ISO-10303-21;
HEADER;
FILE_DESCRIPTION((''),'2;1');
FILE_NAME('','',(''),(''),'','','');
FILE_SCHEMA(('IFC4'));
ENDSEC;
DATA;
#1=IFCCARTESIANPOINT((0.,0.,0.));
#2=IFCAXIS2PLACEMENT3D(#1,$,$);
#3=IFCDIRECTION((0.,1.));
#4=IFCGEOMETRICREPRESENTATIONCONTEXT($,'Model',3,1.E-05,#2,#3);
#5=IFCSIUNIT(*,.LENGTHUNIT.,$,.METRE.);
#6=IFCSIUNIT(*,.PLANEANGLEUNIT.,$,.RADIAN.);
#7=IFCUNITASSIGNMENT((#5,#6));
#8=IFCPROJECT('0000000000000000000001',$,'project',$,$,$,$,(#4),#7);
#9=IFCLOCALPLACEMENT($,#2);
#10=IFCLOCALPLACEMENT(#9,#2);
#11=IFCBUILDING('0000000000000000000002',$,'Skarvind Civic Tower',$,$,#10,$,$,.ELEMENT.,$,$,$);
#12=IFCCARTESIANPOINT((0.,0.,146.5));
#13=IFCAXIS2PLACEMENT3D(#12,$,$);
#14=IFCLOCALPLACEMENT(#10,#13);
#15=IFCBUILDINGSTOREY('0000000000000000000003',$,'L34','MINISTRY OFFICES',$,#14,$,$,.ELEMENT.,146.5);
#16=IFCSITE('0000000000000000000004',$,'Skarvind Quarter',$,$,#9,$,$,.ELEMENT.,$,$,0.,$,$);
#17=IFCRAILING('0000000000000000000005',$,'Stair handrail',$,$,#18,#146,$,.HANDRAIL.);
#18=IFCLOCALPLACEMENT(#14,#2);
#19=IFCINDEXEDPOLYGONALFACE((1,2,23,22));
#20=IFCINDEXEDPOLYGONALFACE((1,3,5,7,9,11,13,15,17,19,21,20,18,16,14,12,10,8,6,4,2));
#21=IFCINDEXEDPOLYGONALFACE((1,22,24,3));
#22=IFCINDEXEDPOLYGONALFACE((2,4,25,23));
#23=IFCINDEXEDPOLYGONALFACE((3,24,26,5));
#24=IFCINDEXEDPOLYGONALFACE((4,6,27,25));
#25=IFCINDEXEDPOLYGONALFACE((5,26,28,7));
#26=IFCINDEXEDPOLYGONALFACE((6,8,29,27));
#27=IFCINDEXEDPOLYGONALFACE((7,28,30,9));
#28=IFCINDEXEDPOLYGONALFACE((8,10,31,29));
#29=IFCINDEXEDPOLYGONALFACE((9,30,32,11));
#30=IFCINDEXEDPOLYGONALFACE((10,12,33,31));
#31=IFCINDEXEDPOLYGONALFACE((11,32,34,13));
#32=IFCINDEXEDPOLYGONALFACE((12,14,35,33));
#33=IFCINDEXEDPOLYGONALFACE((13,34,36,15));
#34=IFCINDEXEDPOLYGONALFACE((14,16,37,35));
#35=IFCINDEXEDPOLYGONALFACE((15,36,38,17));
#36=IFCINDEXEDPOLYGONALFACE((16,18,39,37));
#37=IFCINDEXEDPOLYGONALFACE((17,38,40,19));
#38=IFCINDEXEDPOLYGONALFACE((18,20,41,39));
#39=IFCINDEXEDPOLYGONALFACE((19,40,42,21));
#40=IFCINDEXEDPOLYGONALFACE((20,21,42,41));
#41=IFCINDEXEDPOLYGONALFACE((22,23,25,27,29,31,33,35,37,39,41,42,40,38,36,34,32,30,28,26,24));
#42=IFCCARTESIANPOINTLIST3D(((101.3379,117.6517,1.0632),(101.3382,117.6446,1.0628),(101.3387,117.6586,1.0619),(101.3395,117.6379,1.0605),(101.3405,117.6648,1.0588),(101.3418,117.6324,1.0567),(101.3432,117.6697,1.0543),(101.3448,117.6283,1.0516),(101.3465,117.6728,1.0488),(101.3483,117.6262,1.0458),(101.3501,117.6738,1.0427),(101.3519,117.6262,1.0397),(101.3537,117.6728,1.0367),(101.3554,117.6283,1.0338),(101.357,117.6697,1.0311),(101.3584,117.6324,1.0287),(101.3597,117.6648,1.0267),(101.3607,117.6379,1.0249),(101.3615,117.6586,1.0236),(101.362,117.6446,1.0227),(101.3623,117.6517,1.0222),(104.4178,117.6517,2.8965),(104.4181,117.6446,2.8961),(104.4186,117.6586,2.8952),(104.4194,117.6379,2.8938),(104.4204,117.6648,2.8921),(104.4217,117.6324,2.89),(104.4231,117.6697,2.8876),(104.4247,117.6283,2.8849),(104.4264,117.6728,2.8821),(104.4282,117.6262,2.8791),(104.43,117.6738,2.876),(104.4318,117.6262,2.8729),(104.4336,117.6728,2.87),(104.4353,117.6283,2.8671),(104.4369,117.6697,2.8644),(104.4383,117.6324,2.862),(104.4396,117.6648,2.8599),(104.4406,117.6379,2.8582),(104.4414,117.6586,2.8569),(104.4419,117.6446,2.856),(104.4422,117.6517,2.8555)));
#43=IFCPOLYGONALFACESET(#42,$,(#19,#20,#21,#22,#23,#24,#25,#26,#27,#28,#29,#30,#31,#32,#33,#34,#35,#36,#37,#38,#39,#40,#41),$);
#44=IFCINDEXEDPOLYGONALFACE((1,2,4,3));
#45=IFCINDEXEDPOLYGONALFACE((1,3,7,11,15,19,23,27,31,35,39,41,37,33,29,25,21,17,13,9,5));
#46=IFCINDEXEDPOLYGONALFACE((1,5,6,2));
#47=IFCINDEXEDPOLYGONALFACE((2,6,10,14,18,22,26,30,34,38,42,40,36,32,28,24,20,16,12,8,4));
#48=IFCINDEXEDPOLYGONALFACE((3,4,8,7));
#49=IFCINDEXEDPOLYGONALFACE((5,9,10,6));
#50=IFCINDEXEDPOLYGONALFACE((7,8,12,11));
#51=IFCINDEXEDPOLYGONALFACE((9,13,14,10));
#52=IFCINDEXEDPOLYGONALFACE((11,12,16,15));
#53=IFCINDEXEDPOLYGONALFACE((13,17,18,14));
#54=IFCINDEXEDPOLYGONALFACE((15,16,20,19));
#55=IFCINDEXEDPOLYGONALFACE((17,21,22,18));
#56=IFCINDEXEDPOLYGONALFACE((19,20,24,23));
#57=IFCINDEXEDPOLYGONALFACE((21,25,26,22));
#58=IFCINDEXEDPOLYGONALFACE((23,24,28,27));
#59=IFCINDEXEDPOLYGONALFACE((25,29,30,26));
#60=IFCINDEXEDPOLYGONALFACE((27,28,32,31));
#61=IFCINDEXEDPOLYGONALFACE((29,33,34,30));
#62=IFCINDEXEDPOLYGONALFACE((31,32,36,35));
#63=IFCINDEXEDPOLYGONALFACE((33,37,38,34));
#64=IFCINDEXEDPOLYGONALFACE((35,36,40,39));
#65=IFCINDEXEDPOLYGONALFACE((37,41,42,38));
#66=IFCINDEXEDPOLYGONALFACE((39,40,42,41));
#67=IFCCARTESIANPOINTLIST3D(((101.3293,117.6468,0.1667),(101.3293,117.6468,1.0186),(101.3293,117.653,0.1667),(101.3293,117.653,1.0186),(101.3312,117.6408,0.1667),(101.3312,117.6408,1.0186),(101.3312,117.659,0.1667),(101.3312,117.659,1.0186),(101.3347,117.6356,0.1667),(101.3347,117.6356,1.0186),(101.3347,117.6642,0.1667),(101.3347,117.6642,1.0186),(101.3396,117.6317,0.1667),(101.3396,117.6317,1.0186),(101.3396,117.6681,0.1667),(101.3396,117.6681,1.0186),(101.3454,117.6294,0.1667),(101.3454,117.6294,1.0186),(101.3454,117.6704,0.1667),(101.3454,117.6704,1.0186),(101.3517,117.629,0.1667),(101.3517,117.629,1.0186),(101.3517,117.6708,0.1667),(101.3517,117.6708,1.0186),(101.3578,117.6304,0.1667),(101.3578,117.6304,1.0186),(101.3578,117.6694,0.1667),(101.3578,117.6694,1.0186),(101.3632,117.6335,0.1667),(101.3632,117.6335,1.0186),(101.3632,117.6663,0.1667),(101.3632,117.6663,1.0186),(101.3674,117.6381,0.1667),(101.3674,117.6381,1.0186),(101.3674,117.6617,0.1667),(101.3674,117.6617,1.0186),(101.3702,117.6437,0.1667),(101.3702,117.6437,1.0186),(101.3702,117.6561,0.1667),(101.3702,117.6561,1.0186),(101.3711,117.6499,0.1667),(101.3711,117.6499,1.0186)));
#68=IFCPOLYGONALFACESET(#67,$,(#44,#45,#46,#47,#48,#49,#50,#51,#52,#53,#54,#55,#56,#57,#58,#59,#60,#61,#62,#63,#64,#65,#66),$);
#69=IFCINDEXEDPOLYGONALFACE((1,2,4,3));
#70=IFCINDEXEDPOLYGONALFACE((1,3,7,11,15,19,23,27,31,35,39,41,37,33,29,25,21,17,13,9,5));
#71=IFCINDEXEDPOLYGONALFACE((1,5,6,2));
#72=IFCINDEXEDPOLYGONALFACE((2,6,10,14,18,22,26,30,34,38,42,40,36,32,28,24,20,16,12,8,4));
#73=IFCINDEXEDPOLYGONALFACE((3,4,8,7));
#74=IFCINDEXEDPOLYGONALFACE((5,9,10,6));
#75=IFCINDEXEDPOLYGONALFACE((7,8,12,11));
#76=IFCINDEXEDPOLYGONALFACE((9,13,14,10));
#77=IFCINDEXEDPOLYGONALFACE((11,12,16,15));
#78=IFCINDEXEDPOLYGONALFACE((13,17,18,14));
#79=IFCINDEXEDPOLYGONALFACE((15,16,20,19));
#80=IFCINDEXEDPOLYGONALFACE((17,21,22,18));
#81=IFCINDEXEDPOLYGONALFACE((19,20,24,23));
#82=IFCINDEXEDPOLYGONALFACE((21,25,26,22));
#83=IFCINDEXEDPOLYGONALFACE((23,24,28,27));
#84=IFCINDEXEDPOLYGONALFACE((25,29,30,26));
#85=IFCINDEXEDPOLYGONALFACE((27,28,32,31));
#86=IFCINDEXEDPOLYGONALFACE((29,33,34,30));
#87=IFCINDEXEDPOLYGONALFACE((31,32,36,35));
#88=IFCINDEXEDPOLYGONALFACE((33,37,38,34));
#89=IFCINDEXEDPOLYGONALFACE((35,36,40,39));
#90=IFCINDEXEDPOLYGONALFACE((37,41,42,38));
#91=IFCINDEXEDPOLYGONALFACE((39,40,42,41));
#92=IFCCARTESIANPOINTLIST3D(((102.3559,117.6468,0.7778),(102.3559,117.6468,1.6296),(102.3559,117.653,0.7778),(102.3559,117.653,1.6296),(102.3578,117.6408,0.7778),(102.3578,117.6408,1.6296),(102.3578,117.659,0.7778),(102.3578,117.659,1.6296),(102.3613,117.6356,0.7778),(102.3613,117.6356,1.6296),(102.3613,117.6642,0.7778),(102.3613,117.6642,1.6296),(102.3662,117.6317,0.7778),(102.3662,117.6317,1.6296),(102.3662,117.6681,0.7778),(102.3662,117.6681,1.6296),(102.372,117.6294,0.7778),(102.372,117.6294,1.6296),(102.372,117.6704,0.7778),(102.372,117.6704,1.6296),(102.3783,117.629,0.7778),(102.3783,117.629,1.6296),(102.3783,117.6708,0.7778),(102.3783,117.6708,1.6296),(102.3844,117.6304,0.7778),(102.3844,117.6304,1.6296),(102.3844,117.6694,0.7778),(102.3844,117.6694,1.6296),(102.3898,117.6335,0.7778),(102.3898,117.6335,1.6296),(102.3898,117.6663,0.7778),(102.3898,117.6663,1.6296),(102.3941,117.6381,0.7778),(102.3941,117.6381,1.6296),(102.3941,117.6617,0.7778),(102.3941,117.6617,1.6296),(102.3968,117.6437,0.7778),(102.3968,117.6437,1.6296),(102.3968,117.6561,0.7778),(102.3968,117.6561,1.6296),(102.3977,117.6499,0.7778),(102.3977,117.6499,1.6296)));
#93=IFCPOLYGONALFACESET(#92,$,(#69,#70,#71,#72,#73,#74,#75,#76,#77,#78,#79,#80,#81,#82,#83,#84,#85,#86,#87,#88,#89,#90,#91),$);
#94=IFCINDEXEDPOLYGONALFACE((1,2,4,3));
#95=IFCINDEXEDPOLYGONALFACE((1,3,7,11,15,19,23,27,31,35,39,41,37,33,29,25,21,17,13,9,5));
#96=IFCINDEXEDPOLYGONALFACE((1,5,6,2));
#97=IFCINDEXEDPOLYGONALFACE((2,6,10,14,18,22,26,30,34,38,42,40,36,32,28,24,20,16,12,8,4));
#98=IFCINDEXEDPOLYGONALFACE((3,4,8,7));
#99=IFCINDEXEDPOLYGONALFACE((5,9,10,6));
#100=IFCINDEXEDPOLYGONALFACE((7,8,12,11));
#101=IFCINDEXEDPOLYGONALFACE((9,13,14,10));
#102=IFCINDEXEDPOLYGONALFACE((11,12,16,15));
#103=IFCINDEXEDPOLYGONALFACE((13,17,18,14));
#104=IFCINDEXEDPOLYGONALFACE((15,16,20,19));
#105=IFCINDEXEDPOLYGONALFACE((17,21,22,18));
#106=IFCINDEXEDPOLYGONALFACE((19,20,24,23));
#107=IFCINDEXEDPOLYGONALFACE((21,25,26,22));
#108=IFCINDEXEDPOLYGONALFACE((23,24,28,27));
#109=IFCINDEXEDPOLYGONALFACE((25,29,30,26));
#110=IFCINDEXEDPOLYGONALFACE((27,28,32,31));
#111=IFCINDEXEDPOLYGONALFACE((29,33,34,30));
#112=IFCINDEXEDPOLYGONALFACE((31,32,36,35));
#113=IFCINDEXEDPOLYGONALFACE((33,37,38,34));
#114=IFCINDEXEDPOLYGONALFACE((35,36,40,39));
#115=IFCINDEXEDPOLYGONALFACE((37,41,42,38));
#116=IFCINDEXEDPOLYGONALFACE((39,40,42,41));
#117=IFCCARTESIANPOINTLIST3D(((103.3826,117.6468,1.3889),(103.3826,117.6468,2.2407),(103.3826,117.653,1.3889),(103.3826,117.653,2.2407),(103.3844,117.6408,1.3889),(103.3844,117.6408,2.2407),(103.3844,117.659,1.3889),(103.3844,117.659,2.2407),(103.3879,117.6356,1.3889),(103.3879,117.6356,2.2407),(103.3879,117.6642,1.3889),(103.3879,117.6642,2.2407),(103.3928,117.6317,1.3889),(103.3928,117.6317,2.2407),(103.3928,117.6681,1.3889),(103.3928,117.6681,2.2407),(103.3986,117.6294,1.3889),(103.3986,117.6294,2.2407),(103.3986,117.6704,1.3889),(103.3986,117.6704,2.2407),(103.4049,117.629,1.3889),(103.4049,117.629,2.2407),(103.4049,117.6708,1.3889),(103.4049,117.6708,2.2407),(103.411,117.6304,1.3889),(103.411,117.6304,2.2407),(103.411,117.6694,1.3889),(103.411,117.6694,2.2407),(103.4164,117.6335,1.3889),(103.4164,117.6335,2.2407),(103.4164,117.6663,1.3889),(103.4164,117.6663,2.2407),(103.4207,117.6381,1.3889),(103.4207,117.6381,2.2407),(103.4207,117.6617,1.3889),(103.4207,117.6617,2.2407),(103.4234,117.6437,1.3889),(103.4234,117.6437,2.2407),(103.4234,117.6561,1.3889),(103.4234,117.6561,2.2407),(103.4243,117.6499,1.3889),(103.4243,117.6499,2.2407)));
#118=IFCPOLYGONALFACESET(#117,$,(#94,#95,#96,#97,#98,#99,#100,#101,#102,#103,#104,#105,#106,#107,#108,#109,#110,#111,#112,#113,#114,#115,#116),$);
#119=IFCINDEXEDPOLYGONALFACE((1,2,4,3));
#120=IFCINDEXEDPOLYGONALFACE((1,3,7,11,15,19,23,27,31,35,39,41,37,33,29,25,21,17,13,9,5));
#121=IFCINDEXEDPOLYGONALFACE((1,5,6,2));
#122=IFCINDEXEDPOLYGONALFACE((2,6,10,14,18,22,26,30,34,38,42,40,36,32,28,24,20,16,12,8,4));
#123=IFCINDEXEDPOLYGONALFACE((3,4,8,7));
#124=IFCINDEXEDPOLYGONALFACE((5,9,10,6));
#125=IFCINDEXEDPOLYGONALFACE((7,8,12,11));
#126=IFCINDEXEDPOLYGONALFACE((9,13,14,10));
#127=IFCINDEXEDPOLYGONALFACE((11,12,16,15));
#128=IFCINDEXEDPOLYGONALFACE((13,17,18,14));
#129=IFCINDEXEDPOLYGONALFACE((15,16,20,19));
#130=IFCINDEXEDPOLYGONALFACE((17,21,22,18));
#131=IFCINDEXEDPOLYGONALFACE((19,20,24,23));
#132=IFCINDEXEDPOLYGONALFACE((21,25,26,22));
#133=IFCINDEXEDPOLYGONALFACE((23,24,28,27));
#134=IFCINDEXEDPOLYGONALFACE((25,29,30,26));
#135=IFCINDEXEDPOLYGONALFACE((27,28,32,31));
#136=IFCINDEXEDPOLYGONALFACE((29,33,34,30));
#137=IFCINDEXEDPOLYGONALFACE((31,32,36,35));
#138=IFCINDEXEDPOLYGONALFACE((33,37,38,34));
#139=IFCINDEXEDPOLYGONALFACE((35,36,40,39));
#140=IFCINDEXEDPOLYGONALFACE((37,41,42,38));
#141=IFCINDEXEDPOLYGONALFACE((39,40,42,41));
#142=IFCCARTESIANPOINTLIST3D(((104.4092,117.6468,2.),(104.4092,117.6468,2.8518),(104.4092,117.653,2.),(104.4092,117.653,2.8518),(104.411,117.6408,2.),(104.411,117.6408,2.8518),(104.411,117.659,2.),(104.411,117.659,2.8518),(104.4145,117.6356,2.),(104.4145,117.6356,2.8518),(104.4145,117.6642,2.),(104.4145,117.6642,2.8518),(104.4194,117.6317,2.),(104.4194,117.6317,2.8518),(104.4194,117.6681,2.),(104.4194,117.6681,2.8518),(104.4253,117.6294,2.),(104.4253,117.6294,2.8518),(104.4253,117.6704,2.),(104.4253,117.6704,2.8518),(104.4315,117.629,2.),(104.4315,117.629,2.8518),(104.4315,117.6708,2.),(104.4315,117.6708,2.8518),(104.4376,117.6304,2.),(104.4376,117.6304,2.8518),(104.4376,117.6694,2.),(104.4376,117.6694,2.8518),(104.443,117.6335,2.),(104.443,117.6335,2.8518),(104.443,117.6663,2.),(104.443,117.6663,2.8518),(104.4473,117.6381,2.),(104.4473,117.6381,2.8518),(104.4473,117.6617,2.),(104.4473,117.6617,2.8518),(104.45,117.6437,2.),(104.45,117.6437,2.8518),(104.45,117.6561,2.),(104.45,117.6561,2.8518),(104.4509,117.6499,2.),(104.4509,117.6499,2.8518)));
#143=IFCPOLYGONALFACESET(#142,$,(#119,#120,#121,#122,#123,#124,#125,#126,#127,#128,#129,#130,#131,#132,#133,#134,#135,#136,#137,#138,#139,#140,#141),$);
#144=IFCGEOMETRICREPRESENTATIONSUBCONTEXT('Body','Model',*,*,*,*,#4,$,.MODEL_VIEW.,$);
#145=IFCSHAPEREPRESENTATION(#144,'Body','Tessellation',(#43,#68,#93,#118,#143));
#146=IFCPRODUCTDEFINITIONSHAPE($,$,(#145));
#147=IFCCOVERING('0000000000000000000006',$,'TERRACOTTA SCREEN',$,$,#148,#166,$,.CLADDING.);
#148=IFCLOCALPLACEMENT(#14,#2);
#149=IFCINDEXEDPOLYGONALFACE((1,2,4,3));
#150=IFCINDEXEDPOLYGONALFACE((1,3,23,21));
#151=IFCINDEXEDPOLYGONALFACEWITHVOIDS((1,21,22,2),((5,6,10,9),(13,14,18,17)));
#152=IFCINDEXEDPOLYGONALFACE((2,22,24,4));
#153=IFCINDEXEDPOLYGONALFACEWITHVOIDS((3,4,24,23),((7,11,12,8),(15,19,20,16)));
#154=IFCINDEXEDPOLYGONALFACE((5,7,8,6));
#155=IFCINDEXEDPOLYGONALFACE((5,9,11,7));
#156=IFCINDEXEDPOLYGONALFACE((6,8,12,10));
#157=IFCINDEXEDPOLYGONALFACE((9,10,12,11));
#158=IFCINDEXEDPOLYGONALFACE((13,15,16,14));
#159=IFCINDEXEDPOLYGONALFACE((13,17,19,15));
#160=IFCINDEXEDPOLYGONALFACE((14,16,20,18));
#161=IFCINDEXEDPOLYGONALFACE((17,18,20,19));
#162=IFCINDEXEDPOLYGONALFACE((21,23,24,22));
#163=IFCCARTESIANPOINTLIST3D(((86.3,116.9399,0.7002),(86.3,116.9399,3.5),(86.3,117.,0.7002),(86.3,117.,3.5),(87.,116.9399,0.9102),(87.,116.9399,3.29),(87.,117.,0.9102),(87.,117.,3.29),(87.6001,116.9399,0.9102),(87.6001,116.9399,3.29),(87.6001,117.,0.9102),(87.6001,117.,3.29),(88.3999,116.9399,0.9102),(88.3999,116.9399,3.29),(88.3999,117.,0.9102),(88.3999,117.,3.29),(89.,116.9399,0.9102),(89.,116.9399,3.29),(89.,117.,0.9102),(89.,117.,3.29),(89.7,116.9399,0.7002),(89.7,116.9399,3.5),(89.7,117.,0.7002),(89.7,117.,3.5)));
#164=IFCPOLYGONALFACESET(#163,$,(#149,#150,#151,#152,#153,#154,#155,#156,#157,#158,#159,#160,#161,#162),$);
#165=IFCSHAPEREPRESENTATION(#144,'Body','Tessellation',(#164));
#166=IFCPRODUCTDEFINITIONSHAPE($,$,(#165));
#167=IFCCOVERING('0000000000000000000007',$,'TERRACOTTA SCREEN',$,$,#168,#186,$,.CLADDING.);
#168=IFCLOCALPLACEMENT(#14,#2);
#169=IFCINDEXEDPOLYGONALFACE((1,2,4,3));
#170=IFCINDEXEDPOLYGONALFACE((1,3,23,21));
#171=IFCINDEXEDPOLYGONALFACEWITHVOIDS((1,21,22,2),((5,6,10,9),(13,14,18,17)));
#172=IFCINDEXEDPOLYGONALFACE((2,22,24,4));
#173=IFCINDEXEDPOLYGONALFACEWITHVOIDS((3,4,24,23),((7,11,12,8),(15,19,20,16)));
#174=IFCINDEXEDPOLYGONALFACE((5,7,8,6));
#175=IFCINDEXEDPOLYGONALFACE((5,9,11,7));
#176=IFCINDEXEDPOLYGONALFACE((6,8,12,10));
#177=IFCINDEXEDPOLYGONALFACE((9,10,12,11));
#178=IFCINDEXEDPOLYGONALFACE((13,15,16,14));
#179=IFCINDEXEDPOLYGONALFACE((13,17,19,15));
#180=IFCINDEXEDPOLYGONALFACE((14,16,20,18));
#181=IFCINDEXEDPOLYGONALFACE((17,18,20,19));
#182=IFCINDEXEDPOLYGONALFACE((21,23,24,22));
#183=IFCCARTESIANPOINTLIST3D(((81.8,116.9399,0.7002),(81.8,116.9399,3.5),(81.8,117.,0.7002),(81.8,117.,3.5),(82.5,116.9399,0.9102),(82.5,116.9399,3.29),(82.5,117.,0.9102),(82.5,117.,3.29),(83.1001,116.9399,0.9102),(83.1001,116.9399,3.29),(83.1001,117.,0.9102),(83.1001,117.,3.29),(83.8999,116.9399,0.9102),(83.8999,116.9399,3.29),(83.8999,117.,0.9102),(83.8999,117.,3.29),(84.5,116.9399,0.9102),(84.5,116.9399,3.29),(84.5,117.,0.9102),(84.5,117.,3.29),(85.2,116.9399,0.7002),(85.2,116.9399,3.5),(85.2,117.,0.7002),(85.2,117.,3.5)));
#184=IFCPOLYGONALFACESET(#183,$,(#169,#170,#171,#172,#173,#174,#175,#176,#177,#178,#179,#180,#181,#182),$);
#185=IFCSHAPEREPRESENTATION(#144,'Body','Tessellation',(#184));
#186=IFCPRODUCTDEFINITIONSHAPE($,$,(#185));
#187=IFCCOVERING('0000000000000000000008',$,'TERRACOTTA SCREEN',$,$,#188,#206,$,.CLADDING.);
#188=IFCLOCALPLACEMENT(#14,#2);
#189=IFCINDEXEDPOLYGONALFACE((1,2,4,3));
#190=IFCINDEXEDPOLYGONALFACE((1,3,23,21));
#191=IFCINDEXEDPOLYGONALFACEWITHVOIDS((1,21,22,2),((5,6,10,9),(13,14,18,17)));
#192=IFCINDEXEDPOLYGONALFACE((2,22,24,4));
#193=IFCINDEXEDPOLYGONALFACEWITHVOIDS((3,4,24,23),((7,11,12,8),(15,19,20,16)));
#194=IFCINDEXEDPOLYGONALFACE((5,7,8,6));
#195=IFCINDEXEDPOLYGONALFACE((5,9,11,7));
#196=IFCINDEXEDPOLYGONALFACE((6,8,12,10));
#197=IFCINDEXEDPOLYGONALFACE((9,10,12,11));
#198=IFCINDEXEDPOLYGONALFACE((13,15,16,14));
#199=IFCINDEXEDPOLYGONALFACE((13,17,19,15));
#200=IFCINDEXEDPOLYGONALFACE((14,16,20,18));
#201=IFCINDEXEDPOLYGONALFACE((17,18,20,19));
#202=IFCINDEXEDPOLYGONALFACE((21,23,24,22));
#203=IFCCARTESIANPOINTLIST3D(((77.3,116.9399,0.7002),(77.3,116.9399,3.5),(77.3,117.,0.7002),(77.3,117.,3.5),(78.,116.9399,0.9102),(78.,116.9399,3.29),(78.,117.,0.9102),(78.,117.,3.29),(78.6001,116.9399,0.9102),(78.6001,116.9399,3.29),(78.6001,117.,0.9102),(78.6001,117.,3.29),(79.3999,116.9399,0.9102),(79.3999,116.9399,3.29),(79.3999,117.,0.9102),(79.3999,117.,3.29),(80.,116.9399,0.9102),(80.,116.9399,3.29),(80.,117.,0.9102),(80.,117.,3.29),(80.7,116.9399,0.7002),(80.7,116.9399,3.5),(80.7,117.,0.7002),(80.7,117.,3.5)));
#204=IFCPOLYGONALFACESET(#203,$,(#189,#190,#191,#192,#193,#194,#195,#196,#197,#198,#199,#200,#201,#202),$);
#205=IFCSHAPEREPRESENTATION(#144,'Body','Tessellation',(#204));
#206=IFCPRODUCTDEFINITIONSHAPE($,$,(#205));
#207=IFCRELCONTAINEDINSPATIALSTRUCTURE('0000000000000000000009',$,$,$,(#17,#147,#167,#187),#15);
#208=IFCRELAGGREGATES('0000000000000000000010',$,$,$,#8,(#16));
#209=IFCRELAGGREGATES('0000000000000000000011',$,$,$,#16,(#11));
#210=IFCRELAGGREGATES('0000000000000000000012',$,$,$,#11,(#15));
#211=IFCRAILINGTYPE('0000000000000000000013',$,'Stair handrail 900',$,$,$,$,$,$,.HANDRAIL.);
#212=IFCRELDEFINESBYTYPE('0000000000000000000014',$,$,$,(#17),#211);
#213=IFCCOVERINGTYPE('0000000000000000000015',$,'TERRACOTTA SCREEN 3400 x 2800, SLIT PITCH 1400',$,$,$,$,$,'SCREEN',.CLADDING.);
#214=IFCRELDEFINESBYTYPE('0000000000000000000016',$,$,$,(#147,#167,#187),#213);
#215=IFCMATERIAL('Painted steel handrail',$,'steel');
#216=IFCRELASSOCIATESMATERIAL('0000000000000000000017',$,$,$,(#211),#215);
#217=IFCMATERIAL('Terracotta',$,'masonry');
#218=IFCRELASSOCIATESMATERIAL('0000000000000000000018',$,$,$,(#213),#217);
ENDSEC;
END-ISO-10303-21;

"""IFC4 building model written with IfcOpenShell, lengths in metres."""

from ifc_helpers import new_model, si_unit, direction, frame, origin, origin_2d, place, context, subcontext, project, spatial, polyline, circle, outline, extrude, material, material_profile, profile_set, type_object, element, save


model = new_model("IFC4")

# Units and contexts
model_context = context("Model", 3, precision=1e-05, world=origin(), true_north=direction((0.0, 1.0)))
body_context = subcontext(model_context, "Body", "Model", "MODEL_VIEW")
ifc_project = project(units=[si_unit("LENGTHUNIT", "METRE"), si_unit("PLANEANGLEUNIT", "RADIAN")], contexts=[model_context])

# Site, building, storey
site_placement = place(None, origin())
site = spatial("IfcSite", under=ifc_project, at=site_placement, Name="Skarvind Quarter", CompositionType="ELEMENT", RefElevation=0.0)
building_placement = place(site_placement, origin())
building = spatial("IfcBuilding", under=site, at=building_placement, Name="Skarvind Civic Tower", CompositionType="ELEMENT")
storey_placement = place(building_placement, frame((0.0, 0.0, 146.5)))
storey = spatial("IfcBuildingStorey", under=building, at=storey_placement, Name="L34", Description="MINISTRY OFFICES", CompositionType="ELEMENT", Elevation=146.5)

# Railing
ifc_material_1 = material(Name="Painted steel handrail", Category="steel")
railing_type = type_object("IfcRailingType", Name="Stair handrail 900", PredefinedType="HANDRAIL", material=ifc_material_1)
railing_placement = place(storey_placement, frame((101.3501, 117.6499, 0.1667)))
element("IfcRailing", 1, at=railing_placement, inside=storey, type_object=railing_type, Name="Stair handrail", PredefinedType="HANDRAIL", context=body_context, shape_type="SweptSolid", body=[
    extrude(circle(Radius=0.0239, at=origin_2d()), frame((0.0, 0.0, 0.876), z_axis=(0.859291, 0.0, 0.511487), x_axis=(0.0, 1.0, 0.0)), (0.0, 0.0, 1.0), 3.5842),
    extrude(circle(Radius=0.021, at=origin_2d()), origin(), (0.0, 0.0, 1.0), 0.8518),
    extrude(circle(Radius=0.021, at=origin_2d()), frame((1.0266, 0.0, 0.6111)), (0.0, 0.0, 1.0), 0.8518),
    extrude(circle(Radius=0.021, at=origin_2d()), frame((2.0532, 0.0, 1.2222)), (0.0, 0.0, 1.0), 0.8518),
    extrude(circle(Radius=0.021, at=origin_2d()), frame((3.0798, 0.0, 1.8333)), (0.0, 0.0, 1.0), 0.8518),
])

# Coverings
ifc_material_2 = material(Name="Terracotta", Category="masonry")
ifc_material_profile_1 = material_profile(ifc_material_2, outline(polyline([(-1.7, -1.3999), (1.7, -1.3999), (1.7, 1.3999), (-1.7, 1.3999), (-1.7, -1.3999)]), holes=[polyline([(-1.0, -1.1899), (-0.3999, -1.1899), (-0.3999, 1.1899), (-1.0, 1.1899), (-1.0, -1.1899)]), polyline([(0.3999, -1.1899), (1.0, -1.1899), (1.0, 1.1899), (0.3999, 1.1899), (0.3999, -1.1899)])]), Name="TERRACOTTA SCREEN 3400 x 2800, SLIT PITCH 1400")
ifc_profile_set_1 = profile_set([ifc_material_profile_1], Name="Terracotta")
covering_type = type_object("IfcCoveringType", Name="TERRACOTTA SCREEN 3400 x 2800, SLIT PITCH 1400", ElementType="SCREEN", PredefinedType="CLADDING", material=ifc_profile_set_1)
for number, where, z_axis, x_axis, name in (
    (2, (88.0, 117.0, 2.1001), (0.0, -1.0, 0.0), (1.0, 0.0, 0.0), "TERRACOTTA SCREEN"),
    (3, (83.5, 117.0, 2.1001), (0.0, -1.0, 0.0), (1.0, 0.0, 0.0), "TERRACOTTA SCREEN"),
    (4, (79.0, 117.0, 2.1001), (0.0, -1.0, 0.0), (1.0, 0.0, 0.0), "TERRACOTTA SCREEN"),
):
    element("IfcCovering", number, at=place(storey_placement, frame(where, z_axis=z_axis, x_axis=x_axis)), inside=storey, type_object=covering_type, Name=name, PredefinedType="CLADDING", context=body_context, shape_type="SweptSolid", body=[
        extrude(outline(polyline([(-1.7, -1.3999), (1.7, -1.3999), (1.7, 1.3999), (-1.7, 1.3999), (-1.7, -1.3999)]), holes=[polyline([(-1.0, -1.1899), (-0.3999, -1.1899), (-0.3999, 1.1899), (-1.0, 1.1899), (-1.0, -1.1899)]), polyline([(0.3999, -1.1899), (1.0, -1.1899), (1.0, 1.1899), (0.3999, 1.1899), (0.3999, -1.1899)])]), origin(), (0.0, 0.0, 1.0), 0.0601),
    ])

save(model, "model.ifc")
